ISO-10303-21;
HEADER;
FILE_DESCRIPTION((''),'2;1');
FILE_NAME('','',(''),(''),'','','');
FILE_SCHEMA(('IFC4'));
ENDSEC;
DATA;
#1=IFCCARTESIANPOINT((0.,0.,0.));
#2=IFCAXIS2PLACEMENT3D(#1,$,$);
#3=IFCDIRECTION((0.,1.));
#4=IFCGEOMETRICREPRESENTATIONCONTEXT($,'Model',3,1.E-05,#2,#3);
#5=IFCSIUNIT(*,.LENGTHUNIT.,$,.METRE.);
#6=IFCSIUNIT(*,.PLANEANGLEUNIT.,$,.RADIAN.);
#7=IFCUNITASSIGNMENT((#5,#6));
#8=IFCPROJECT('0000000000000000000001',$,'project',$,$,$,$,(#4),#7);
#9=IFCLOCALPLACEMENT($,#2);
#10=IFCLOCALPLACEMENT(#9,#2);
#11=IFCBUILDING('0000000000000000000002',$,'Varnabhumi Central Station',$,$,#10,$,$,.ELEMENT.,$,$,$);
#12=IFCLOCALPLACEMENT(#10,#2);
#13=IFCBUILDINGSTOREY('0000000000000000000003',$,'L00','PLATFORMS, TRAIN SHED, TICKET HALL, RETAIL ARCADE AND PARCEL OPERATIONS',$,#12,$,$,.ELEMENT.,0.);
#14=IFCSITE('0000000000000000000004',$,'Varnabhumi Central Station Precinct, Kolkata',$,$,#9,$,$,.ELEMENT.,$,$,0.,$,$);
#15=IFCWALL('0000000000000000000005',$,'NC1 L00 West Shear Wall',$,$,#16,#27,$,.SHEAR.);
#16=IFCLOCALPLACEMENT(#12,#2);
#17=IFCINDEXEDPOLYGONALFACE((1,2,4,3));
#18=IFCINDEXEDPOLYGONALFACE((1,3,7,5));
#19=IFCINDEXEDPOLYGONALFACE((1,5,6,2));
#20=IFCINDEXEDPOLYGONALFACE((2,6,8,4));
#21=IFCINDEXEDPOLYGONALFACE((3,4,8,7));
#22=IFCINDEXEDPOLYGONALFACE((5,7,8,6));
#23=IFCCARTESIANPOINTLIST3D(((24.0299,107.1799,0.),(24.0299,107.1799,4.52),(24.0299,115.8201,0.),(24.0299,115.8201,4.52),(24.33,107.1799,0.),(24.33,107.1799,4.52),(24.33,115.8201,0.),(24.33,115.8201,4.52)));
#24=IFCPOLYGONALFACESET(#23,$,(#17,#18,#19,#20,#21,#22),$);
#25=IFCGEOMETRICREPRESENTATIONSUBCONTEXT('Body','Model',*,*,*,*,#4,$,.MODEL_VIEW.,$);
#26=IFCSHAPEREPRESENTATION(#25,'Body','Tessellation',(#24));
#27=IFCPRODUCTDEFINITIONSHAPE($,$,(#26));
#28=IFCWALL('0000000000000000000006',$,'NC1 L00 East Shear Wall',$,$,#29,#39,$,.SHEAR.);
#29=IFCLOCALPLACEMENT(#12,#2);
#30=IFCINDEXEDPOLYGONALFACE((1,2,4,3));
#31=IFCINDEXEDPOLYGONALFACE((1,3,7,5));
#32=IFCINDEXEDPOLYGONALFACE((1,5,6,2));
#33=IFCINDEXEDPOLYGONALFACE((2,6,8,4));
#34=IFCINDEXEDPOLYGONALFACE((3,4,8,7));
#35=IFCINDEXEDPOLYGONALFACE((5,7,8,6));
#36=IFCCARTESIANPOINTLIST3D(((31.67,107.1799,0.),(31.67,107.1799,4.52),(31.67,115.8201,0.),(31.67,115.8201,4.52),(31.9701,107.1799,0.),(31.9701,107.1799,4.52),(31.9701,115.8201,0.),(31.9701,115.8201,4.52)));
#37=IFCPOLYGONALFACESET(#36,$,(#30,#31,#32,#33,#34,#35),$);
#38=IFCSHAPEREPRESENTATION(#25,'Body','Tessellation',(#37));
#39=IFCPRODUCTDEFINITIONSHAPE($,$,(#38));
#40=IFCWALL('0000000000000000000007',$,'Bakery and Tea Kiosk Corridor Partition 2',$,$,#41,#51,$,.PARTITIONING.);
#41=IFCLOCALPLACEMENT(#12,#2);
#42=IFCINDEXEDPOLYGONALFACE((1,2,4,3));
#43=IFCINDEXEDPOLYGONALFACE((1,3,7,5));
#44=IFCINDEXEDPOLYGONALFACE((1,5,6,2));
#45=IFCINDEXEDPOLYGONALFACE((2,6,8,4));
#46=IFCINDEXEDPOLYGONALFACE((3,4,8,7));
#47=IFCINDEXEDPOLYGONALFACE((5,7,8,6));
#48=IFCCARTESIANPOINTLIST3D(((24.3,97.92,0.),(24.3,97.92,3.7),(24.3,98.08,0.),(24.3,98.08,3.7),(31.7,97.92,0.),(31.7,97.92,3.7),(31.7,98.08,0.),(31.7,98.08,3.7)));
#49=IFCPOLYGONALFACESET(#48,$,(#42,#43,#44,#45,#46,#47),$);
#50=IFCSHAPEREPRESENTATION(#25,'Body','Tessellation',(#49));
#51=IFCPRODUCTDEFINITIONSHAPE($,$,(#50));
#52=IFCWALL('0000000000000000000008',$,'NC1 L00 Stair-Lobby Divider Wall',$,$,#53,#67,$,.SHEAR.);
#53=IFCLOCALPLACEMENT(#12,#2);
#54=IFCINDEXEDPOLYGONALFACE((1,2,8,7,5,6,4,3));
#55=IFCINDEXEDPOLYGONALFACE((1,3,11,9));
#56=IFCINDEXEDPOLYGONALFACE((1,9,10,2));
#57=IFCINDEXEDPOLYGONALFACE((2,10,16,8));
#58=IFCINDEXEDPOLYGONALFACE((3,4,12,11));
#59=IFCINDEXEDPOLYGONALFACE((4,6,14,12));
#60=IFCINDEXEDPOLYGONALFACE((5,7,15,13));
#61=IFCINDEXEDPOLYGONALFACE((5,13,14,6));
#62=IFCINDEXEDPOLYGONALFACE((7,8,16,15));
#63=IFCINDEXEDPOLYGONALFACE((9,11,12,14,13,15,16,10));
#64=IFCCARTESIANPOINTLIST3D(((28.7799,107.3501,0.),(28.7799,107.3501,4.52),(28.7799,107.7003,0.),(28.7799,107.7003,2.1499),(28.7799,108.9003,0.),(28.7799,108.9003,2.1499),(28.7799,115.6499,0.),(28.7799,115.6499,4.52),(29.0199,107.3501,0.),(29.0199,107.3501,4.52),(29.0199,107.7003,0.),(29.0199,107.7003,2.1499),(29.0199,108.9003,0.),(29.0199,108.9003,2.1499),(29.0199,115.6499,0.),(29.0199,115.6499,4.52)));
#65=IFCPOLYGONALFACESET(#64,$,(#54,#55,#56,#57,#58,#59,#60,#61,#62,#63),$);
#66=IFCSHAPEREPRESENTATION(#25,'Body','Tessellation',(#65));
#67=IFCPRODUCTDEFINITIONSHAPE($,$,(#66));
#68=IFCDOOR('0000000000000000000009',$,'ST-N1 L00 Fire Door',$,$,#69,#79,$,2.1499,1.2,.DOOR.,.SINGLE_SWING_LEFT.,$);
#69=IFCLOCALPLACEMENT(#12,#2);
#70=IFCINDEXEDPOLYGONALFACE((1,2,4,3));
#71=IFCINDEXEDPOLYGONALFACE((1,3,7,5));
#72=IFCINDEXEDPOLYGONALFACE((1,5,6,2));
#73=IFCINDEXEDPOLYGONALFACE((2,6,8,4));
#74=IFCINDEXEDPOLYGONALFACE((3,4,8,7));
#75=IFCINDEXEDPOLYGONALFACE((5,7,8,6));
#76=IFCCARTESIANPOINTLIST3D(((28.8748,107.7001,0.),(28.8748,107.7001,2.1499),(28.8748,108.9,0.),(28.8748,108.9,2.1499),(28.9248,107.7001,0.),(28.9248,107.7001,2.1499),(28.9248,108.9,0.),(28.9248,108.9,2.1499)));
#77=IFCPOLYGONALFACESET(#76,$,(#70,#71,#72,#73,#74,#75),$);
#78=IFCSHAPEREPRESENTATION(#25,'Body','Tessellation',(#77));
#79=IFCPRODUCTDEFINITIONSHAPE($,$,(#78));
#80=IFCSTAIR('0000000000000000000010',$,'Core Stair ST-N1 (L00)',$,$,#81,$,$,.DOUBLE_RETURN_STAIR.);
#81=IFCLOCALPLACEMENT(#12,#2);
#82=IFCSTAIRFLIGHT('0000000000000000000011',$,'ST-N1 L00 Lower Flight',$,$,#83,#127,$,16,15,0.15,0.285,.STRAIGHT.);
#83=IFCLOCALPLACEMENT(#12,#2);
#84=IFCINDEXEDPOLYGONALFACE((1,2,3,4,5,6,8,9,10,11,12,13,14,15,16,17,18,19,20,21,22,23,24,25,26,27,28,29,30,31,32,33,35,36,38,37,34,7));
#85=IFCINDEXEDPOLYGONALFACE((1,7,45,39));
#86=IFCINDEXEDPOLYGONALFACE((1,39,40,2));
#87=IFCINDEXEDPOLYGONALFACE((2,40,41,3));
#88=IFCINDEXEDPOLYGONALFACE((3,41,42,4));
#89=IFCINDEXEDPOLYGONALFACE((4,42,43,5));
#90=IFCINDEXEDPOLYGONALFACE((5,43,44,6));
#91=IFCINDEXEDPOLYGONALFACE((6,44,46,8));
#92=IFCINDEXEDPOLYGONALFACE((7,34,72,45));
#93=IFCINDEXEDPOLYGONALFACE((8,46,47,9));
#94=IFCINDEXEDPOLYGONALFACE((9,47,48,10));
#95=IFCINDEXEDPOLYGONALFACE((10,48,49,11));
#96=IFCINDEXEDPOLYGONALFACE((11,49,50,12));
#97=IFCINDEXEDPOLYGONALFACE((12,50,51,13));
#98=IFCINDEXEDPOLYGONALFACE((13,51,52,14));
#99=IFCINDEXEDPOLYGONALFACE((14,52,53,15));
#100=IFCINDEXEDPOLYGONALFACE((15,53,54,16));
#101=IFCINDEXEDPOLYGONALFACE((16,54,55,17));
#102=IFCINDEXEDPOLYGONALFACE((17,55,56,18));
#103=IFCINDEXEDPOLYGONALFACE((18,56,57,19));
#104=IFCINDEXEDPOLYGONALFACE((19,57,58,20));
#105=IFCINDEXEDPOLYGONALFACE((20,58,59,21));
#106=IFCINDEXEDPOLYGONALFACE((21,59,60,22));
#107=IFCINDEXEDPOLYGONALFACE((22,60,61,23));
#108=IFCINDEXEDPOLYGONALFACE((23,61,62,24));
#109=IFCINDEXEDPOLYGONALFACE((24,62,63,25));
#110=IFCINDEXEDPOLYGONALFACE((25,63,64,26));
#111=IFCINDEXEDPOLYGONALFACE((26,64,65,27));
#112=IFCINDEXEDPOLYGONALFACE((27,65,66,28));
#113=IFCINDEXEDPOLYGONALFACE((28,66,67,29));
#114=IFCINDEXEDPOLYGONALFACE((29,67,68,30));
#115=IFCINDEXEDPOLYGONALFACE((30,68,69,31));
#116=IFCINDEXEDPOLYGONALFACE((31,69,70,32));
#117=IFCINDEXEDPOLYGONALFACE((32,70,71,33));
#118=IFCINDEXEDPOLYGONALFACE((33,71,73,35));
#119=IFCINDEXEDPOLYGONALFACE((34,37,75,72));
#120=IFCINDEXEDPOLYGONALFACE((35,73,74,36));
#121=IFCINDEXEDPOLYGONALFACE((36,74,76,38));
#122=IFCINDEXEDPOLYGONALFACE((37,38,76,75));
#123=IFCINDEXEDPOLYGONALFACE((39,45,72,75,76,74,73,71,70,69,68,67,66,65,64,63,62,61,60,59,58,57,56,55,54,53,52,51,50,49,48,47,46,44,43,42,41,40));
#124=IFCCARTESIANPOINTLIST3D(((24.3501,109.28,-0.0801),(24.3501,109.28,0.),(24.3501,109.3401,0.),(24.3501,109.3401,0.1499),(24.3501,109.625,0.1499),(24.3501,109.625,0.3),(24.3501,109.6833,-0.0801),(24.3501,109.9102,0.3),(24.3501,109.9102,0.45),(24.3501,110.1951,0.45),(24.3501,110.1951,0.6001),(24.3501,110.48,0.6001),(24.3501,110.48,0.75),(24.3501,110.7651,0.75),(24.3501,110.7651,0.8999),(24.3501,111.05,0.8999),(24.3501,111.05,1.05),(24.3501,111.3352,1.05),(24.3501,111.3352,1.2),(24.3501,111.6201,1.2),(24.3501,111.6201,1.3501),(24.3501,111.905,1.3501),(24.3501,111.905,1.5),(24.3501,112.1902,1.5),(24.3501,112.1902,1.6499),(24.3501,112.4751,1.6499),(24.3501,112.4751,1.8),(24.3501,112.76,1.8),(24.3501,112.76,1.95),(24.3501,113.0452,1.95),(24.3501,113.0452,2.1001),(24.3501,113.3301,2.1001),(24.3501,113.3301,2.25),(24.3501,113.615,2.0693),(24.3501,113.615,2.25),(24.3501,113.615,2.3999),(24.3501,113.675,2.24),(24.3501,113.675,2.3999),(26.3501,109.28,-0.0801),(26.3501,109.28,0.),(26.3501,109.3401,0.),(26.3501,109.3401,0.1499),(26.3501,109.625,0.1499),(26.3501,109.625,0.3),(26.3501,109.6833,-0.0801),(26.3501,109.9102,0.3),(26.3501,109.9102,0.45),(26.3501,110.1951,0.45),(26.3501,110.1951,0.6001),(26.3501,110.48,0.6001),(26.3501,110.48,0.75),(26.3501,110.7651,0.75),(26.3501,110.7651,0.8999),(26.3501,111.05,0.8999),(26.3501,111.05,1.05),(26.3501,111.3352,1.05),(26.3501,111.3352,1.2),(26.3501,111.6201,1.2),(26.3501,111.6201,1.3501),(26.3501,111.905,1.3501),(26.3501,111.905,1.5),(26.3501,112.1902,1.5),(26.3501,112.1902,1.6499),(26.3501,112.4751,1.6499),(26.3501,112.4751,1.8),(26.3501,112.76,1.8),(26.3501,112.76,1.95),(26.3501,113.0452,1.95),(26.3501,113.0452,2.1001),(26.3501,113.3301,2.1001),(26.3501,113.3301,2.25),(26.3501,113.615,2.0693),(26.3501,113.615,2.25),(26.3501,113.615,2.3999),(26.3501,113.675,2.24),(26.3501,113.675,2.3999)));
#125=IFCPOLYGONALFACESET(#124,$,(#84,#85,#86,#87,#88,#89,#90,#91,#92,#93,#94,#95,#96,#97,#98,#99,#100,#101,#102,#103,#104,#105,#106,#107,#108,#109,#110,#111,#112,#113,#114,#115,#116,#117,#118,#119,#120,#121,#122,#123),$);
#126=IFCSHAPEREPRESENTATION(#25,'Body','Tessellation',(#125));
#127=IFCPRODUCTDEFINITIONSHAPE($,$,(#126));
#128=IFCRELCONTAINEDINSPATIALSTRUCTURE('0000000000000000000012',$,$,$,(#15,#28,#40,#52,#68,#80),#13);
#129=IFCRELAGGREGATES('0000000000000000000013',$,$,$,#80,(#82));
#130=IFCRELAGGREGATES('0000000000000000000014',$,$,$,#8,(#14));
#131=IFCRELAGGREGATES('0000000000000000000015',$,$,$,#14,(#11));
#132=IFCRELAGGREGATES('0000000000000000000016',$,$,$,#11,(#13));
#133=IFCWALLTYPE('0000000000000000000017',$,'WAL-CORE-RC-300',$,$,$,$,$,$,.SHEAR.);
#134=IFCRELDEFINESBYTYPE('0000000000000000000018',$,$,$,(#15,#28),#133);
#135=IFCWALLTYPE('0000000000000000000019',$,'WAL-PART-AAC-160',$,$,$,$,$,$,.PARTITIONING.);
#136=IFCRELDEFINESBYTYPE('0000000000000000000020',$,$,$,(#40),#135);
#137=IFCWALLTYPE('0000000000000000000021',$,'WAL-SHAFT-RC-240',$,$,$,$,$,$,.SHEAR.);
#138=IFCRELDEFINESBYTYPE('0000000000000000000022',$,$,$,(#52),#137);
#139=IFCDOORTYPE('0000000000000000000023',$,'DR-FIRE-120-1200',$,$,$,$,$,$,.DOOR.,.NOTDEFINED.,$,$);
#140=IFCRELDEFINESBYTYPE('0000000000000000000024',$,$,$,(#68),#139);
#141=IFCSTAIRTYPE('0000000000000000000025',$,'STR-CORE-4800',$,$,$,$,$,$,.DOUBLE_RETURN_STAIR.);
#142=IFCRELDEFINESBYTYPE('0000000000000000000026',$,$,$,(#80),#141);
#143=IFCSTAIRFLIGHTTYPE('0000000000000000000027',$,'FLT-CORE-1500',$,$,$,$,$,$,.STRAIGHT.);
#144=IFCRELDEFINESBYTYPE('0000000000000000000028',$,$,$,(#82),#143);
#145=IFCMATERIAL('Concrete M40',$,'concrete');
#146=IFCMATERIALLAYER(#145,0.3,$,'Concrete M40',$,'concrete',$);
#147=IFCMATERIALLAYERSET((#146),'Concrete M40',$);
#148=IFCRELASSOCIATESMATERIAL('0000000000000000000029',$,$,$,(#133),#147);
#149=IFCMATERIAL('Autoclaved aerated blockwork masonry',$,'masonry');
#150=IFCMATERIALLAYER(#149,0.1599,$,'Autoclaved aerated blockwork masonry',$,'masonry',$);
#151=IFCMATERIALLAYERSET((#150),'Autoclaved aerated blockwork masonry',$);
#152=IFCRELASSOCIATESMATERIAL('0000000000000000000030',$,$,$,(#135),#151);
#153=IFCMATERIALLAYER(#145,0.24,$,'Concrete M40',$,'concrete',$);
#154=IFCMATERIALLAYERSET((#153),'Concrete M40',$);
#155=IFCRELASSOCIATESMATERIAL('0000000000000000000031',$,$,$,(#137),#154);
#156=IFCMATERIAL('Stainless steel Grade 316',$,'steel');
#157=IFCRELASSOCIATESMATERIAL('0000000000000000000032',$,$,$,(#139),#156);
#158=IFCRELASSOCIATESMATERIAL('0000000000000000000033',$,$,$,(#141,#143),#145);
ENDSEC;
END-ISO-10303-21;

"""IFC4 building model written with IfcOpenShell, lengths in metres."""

from ifc_helpers import new_model, si_unit, direction, frame, frame_2d, origin, place, context, subcontext, project, spatial, polyline, rectangle, outline, extrude, material, layer, layer_set, type_object, element, fill, aggregate, save


model = new_model("IFC4")

# Units and contexts
model_context = context("Model", 3, precision=1e-05, world=origin(), true_north=direction((0.0, 1.0)))
body_context = subcontext(model_context, "Body", "Model", "MODEL_VIEW")
ifc_project = project(units=[si_unit("LENGTHUNIT", "METRE"), si_unit("PLANEANGLEUNIT", "RADIAN")], contexts=[model_context])

# Site, building, storey
site_placement = place(None, origin())
site = spatial("IfcSite", under=ifc_project, at=site_placement, Name="Varnabhumi Central Station Precinct, Kolkata", CompositionType="ELEMENT", RefElevation=0.0)
building_placement = place(site_placement, origin())
building = spatial("IfcBuilding", under=site, at=building_placement, Name="Varnabhumi Central Station", CompositionType="ELEMENT")
storey_placement = place(building_placement, origin())
storey = spatial("IfcBuildingStorey", under=building, at=storey_placement, Name="L00", Description="PLATFORMS, TRAIN SHED, TICKET HALL, RETAIL ARCADE AND PARCEL OPERATIONS", CompositionType="ELEMENT", Elevation=0.0)

# Shared definitions
ifc_material_1 = material(Name="Concrete M40", Category="concrete")

# Walls
ifc_layer_1 = layer(ifc_material_1, 0.3, Name="Concrete M40", Category="concrete")
ifc_layer_set_1 = layer_set([ifc_layer_1], Name="Concrete M40")
wall_type_1 = type_object("IfcWallType", Name="WAL-CORE-RC-300", PredefinedType="SHEAR", material=ifc_layer_set_1)
for number, where, z_axis, x_axis, name in (
    (1, (24.1799, 107.1799, 0.0), (0.0, 0.0, 1.0), (0.0, 1.0, 0.0), "NC1 L00 West Shear Wall"),
    (2, (31.8201, 107.1799, 0.0), (0.0, 0.0, 1.0), (0.0, 1.0, 0.0), "NC1 L00 East Shear Wall"),
):
    element("IfcWall", number, at=place(storey_placement, frame(where, z_axis=z_axis, x_axis=x_axis)), inside=storey, type_object=wall_type_1, Name=name, PredefinedType="SHEAR", context=body_context, shape_type="SweptSolid", body=[
        extrude(rectangle(XDim=8.6401, YDim=0.3, at=frame_2d((4.3201, 0.0))), origin(), (0.0, 0.0, 1.0), 4.52),
    ])

# Wall
ifc_material_2 = material(Name="Autoclaved aerated blockwork masonry", Category="masonry")
ifc_layer_2 = layer(ifc_material_2, 0.1599, Name="Autoclaved aerated blockwork masonry", Category="masonry")
ifc_layer_set_2 = layer_set([ifc_layer_2], Name="Autoclaved aerated blockwork masonry")
wall_type_2 = type_object("IfcWallType", Name="WAL-PART-AAC-160", PredefinedType="PARTITIONING", material=ifc_layer_set_2)
wall_1_placement = place(storey_placement, frame((24.3, 98.0, 0.0), z_axis=(0.0, 0.0, 1.0), x_axis=(1.0, 0.0, 0.0)))
element("IfcWall", 3, at=wall_1_placement, inside=storey, type_object=wall_type_2, Name="Bakery and Tea Kiosk Corridor Partition 2", PredefinedType="PARTITIONING", context=body_context, shape_type="SweptSolid", body=[
    extrude(rectangle(XDim=7.3999, YDim=0.1599, at=frame_2d((3.7, 0.0))), origin(), (0.0, 0.0, 1.0), 3.7),
])

# Wall, opening, door
ifc_layer_3 = layer(ifc_material_1, 0.24, Name="Concrete M40", Category="concrete")
ifc_layer_set_3 = layer_set([ifc_layer_3], Name="Concrete M40")
wall_type_3 = type_object("IfcWallType", Name="WAL-SHAFT-RC-240", PredefinedType="SHEAR", material=ifc_layer_set_3)
wall_2_placement = place(storey_placement, frame((28.8999, 107.3501, 0.0), z_axis=(0.0, 0.0, 1.0), x_axis=(0.0, 1.0, 0.0)))
wall_2 = element("IfcWall", 4, at=wall_2_placement, inside=storey, type_object=wall_type_3, Name="NC1 L00 Stair-Lobby Divider Wall", PredefinedType="SHEAR", context=body_context, shape_type="SweptSolid", body=[
    extrude(rectangle(XDim=8.2998, YDim=0.24, at=frame_2d((4.1499, 0.0))), origin(), (0.0, 0.0, 1.0), 4.52),
])
opening_1_placement = place(wall_2_placement, frame((0.3501, 0.0, 0.0)))
opening_1 = element("IfcOpeningElement", 5, at=opening_1_placement, cuts=wall_2, PredefinedType="OPENING", context=body_context, shape_type="SweptSolid", body=[
    extrude(rectangle(XDim=1.2, YDim=2.1499, at=frame_2d((0.6001, 1.075))), frame((0.0, 0.1299, 0.0), z_axis=(0.0, -1.0, 0.0), x_axis=(1.0, 0.0, 0.0)), (0.0, 0.0, 1.0), 0.26),
])
ifc_material_3 = material(Name="Stainless steel Grade 316", Category="steel")
door_type_1 = type_object("IfcDoorType", Name="DR-FIRE-120-1200", OperationType="NOTDEFINED", PredefinedType="DOOR", material=ifc_material_3)
door_1_placement = place(opening_1_placement, frame((1.2, 0.0, 0.0), z_axis=(0.0, 0.0, 1.0), x_axis=(-1.0, 0.0, 0.0)))
door_1 = element("IfcDoor", 6, at=door_1_placement, inside=storey, type_object=door_type_1, Name="ST-N1 L00 Fire Door", OperationType="SINGLE_SWING_LEFT", OverallHeight=2.1499, OverallWidth=1.2, PredefinedType="DOOR", context=body_context, shape_type="SweptSolid", body=[
    extrude(rectangle(XDim=1.2, YDim=2.1499, at=frame_2d((0.6001, 1.075))), frame((0.0, 0.0249, 0.0), z_axis=(0.0, -1.0, 0.0), x_axis=(1.0, 0.0, 0.0)), (0.0, 0.0, 1.0), 0.05),
])
fill(opening_1, door_1)

# Stair, stair flight
stair_type = type_object("IfcStairType", Name="STR-CORE-4800", PredefinedType="DOUBLE_RETURN_STAIR", material=ifc_material_1)
stair_placement = place(storey_placement, origin())
stair = element("IfcStair", 7, at=stair_placement, inside=storey, type_object=stair_type, Name="Core Stair ST-N1 (L00)", PredefinedType="DOUBLE_RETURN_STAIR")
stair_flight_type = type_object("IfcStairFlightType", Name="FLT-CORE-1500", PredefinedType="STRAIGHT", material=ifc_material_1)
stair_flight_placement = place(storey_placement, frame((25.3501, 109.3401, 0.0), z_axis=(0.0, 0.0, 1.0), x_axis=(0.0, 1.0, 0.0)))
stair_flight = element("IfcStairFlight", 8, at=stair_flight_placement, type_object=stair_flight_type, Name="ST-N1 L00 Lower Flight", NumberOfRisers=16, NumberOfTreads=15, PredefinedType="STRAIGHT", RiserHeight=0.15, TreadLength=0.285, context=body_context, shape_type="SweptSolid", body=[
    extrude(outline(polyline([(-0.0601, -0.0801), (-0.0601, 0.0), (0.0, 0.0), (0.0, 0.1499), (0.2849, 0.1499), (0.2849, 0.3), (0.5701, 0.3), (0.5701, 0.45), (0.855, 0.45), (0.855, 0.6001), (1.1399, 0.6001), (1.1399, 0.75), (1.425, 0.75), (1.425, 0.8999), (1.71, 0.8999), (1.71, 1.05), (1.9951, 1.05), (1.9951, 1.2), (2.28, 1.2), (2.28, 1.3501), (2.5649, 1.3501), (2.5649, 1.5), (2.8501, 1.5), (2.8501, 1.6499), (3.135, 1.6499), (3.135, 1.8), (3.4199, 1.8), (3.4199, 1.95), (3.7051, 1.95), (3.7051, 2.1001), (3.99, 2.1001), (3.99, 2.25), (4.2749, 2.25), (4.2749, 2.3999), (4.335, 2.3999), (4.335, 2.24), (4.2749, 2.0693), (0.3433, -0.0801), (-0.0601, -0.0801)])), frame((0.0, 1.0, 0.0), z_axis=(0.0, -1.0, 0.0), x_axis=(1.0, 0.0, 0.0)), (0.0, 0.0, 1.0), 2.0),
])
aggregate(stair, [stair_flight])

save(model, "model.ifc")
